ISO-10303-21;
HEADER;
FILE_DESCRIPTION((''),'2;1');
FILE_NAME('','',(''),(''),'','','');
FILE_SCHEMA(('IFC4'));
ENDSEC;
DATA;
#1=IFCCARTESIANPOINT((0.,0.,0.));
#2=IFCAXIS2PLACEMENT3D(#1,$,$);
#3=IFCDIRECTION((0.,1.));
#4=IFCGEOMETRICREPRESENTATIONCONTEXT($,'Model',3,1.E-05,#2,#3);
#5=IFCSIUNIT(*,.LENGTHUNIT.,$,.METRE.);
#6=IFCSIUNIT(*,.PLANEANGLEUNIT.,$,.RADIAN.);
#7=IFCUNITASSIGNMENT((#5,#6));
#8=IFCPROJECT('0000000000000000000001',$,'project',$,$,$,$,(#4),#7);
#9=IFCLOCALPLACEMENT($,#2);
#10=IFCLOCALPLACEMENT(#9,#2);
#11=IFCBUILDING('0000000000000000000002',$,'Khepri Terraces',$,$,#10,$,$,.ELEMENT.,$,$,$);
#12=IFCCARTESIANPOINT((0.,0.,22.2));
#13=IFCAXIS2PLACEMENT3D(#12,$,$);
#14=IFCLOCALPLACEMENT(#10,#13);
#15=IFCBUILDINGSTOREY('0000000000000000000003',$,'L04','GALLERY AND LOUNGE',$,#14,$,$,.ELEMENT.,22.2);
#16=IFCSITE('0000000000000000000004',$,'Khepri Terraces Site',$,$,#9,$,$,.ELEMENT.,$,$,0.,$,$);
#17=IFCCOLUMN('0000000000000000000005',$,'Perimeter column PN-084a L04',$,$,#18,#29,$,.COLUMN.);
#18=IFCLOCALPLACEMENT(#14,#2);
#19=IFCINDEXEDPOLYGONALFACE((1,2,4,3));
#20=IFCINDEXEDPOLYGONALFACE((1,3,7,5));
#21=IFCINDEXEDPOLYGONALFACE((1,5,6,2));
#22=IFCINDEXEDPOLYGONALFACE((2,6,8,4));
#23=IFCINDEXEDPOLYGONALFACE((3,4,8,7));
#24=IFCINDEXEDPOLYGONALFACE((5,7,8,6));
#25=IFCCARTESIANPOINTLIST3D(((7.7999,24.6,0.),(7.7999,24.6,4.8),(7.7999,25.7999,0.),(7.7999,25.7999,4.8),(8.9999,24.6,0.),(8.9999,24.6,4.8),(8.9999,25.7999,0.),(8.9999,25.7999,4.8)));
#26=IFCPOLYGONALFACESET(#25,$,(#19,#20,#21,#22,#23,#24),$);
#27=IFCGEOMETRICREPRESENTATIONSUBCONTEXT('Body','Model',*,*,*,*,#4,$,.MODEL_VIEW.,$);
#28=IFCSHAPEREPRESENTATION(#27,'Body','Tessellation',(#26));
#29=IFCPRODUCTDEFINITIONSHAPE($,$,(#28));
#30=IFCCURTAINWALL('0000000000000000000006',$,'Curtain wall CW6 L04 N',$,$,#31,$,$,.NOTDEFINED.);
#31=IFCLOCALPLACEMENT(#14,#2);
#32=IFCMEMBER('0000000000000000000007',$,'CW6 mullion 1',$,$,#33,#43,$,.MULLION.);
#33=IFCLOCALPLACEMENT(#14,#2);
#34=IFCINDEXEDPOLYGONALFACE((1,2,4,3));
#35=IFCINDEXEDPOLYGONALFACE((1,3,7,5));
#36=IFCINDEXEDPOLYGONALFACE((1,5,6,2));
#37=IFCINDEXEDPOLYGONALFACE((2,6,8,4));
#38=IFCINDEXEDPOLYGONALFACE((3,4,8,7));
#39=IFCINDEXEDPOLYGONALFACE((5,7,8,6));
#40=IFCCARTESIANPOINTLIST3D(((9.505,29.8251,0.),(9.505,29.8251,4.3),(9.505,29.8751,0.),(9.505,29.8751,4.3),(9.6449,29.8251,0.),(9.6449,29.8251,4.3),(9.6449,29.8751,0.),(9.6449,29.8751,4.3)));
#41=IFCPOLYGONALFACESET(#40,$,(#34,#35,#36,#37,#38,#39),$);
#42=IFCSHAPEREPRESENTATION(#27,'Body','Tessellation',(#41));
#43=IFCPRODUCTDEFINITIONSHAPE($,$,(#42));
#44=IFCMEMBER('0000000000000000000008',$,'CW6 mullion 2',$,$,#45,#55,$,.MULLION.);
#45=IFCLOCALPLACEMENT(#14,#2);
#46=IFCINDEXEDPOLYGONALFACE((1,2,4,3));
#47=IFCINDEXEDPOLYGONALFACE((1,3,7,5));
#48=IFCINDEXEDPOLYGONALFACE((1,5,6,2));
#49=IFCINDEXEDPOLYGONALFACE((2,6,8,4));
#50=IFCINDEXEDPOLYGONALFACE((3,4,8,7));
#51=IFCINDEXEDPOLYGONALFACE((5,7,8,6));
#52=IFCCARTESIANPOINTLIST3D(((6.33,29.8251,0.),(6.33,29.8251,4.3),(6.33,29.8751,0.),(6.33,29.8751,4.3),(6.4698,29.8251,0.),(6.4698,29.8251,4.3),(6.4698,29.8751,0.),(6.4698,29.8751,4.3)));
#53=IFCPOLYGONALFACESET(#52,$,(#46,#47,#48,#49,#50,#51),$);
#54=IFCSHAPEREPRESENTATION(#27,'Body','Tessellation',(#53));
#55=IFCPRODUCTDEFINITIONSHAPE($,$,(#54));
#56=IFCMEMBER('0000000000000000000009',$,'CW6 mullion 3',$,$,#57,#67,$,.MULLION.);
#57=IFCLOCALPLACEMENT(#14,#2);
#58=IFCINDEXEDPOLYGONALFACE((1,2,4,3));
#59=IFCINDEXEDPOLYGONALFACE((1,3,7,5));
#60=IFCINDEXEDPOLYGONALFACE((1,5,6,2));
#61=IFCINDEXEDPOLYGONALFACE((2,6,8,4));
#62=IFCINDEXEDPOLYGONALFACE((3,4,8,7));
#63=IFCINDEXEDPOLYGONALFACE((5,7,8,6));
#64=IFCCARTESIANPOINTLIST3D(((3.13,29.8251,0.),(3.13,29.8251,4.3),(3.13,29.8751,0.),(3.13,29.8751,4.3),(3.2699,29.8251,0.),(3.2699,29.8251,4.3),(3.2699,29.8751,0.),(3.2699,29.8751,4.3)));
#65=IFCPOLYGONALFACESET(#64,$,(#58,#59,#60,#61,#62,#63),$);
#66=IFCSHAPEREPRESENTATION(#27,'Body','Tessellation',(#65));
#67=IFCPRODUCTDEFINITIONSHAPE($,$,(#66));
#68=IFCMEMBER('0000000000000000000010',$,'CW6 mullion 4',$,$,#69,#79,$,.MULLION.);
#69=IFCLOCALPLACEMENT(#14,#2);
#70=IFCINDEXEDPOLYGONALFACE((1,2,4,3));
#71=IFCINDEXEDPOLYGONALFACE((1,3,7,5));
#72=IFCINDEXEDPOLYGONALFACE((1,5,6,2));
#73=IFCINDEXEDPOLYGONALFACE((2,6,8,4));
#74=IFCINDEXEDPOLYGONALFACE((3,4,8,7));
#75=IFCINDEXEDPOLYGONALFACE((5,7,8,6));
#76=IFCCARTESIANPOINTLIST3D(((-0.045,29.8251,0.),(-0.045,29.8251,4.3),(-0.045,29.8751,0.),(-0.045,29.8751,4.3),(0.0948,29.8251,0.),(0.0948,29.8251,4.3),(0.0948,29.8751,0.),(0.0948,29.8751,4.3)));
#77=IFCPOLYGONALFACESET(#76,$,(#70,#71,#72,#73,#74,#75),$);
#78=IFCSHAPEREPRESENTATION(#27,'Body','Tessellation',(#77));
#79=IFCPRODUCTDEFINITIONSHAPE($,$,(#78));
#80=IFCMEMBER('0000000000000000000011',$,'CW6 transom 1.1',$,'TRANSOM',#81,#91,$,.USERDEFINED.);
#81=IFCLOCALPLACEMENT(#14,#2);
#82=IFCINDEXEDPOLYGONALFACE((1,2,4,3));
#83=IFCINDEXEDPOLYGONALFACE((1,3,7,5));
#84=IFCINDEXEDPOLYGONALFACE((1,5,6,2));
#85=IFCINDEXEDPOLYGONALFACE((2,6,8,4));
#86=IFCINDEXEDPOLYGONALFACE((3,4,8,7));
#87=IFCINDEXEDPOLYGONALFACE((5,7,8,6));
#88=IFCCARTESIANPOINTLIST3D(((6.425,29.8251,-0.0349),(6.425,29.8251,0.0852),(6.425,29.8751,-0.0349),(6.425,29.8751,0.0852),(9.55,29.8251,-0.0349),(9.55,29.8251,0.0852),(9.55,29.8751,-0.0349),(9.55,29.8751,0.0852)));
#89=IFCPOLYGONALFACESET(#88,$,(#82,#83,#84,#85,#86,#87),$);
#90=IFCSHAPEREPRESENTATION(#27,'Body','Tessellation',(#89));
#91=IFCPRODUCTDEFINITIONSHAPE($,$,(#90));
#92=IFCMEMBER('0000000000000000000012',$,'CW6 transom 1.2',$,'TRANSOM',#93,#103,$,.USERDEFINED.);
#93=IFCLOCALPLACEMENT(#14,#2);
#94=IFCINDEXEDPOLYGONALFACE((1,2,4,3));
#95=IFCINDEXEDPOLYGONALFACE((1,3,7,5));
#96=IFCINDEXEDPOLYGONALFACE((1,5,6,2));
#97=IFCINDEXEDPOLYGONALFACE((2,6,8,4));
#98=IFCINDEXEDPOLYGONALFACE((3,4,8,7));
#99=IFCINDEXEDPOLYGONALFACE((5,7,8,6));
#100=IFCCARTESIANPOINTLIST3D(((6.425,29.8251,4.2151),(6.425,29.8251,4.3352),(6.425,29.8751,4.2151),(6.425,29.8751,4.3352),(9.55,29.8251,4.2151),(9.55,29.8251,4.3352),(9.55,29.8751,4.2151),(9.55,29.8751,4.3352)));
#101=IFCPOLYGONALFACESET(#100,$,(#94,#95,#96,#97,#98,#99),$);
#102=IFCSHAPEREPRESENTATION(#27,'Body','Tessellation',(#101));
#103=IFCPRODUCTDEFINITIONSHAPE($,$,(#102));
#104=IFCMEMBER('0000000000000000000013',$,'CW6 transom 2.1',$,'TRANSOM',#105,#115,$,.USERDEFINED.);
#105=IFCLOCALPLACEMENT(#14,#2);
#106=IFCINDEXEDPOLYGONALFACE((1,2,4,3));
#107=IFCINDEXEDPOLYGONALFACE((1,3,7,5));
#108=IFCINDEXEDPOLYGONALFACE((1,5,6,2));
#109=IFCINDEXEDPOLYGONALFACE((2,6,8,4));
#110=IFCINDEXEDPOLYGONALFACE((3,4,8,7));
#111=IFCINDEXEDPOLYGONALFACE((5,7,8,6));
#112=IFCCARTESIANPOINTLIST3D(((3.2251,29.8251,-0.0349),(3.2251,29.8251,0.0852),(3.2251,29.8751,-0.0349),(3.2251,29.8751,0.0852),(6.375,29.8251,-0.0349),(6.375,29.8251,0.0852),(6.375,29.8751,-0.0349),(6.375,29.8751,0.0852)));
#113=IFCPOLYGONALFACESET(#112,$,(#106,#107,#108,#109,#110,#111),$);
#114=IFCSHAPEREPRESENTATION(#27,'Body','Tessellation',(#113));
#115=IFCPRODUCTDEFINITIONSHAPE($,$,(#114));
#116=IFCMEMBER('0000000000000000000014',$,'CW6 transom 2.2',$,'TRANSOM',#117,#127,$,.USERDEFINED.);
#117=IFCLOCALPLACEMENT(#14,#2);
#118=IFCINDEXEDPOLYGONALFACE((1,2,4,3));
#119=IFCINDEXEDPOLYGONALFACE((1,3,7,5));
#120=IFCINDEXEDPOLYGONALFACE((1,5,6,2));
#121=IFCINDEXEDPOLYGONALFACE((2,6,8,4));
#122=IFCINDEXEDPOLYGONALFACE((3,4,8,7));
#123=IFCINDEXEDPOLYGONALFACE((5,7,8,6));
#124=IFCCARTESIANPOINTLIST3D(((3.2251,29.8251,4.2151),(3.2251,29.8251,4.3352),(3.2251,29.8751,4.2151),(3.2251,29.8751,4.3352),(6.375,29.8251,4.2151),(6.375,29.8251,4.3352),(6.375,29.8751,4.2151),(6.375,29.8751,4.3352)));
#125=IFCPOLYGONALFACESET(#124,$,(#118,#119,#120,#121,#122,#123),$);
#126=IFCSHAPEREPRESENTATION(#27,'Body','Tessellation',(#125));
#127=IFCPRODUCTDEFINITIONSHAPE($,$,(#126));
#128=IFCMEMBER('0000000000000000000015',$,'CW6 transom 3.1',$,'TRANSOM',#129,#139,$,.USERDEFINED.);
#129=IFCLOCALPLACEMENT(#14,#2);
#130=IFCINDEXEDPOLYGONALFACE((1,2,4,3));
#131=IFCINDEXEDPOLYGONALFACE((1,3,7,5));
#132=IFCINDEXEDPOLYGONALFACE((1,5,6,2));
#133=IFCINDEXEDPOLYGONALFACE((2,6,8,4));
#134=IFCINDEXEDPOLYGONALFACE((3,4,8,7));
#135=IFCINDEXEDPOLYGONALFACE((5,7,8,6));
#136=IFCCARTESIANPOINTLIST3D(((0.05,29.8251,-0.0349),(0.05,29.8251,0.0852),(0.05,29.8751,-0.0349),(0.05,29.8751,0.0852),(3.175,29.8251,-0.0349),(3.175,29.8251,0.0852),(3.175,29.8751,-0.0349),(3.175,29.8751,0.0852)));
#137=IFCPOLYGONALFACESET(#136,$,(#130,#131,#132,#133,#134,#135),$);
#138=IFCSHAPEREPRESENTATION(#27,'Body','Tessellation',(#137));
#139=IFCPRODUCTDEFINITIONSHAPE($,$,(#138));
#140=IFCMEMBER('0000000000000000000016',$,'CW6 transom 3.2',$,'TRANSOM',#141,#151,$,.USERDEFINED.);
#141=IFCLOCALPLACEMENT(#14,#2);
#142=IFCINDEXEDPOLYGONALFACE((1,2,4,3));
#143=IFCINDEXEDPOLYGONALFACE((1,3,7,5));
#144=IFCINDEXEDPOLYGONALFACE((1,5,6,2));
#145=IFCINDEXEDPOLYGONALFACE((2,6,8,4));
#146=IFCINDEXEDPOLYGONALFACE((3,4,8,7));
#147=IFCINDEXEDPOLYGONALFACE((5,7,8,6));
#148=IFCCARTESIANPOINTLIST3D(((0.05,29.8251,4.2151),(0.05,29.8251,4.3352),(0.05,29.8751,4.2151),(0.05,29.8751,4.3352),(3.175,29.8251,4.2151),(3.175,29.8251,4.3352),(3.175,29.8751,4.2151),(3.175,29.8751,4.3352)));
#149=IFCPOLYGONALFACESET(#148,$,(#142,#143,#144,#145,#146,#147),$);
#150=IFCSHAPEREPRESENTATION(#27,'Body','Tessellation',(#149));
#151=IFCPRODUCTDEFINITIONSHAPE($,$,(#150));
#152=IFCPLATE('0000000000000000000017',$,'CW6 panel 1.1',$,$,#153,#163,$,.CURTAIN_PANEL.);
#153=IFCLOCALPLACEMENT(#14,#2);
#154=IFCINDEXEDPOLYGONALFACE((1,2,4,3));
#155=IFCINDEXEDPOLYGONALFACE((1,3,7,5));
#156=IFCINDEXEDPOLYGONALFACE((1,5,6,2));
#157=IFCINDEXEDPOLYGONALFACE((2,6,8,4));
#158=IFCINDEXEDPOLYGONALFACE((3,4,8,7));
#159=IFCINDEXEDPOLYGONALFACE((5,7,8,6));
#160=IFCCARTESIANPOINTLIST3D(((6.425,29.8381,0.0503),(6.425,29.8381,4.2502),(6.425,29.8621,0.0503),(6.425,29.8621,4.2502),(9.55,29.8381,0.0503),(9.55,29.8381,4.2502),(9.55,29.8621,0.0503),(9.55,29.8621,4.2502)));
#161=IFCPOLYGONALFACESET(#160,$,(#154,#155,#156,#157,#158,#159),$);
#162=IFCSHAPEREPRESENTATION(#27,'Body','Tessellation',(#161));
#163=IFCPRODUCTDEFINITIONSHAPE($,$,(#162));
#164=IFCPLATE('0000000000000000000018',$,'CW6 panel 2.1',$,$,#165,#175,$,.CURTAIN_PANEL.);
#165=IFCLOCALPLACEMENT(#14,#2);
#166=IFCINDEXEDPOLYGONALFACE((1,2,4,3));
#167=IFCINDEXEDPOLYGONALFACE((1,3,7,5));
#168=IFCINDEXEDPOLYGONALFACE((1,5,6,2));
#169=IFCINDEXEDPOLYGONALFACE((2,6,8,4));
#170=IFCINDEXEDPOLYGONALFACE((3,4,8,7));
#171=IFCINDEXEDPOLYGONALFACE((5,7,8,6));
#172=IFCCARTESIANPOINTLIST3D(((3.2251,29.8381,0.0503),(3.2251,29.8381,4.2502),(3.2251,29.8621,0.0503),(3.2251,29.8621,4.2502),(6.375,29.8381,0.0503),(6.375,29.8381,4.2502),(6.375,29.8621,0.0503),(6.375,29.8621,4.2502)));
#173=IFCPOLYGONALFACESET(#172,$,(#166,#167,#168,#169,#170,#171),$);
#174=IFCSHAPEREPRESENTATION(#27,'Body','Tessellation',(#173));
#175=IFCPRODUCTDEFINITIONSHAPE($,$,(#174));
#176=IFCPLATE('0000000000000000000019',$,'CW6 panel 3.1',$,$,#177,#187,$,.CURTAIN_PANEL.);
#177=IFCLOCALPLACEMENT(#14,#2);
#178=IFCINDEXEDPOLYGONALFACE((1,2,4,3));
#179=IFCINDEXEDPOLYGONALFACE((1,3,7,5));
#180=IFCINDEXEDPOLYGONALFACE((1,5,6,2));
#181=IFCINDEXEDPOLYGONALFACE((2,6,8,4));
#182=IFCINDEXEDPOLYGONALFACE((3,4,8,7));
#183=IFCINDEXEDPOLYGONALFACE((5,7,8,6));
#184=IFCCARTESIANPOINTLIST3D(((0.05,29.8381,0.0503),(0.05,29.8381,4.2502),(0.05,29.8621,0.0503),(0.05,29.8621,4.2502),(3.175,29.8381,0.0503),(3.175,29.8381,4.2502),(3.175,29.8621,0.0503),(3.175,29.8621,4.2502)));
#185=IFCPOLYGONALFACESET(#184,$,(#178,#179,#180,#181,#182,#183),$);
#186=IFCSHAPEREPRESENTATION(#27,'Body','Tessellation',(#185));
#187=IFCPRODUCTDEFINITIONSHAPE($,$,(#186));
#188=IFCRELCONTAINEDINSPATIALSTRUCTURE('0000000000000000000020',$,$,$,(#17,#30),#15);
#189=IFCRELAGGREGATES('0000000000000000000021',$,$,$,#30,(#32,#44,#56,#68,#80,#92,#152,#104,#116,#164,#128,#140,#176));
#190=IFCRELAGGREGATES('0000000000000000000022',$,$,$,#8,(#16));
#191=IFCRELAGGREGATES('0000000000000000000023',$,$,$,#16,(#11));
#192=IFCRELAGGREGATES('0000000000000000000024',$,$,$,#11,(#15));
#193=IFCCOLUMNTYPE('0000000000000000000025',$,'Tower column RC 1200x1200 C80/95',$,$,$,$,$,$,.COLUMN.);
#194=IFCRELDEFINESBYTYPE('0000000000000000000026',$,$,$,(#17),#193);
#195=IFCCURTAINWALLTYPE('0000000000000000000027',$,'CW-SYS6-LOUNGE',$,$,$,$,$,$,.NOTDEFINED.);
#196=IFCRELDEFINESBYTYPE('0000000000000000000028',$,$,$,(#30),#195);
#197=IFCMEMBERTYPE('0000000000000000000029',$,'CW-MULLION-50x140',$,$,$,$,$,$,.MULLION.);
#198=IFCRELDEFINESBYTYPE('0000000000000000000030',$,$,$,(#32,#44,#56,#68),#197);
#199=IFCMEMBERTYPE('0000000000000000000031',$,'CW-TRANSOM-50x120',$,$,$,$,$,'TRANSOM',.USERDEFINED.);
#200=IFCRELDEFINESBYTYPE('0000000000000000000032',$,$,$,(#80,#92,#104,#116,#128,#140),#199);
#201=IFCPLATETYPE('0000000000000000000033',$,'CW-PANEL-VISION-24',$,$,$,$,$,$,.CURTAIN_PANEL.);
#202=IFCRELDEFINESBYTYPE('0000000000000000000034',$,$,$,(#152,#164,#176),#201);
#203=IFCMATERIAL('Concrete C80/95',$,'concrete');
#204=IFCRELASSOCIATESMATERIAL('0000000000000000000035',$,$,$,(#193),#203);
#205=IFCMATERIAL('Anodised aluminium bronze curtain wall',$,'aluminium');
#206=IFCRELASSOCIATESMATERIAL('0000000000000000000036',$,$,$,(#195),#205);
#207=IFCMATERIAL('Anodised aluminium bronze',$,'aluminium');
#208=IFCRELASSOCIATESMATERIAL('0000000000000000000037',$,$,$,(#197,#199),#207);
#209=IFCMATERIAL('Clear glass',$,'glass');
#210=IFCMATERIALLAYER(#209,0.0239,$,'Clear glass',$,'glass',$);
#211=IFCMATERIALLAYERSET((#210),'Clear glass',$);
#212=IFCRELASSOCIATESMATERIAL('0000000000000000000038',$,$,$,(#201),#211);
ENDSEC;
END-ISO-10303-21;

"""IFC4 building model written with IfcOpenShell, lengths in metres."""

from ifc_helpers import new_model, si_unit, direction, frame, origin, origin_2d, place, context, subcontext, project, spatial, rectangle, extrude, material, layer, layer_set, material_profile, profile_set, type_object, element, aggregate, save


model = new_model("IFC4")

# Units and contexts
model_context = context("Model", 3, precision=1e-05, world=origin(), true_north=direction((0.0, 1.0)))
body_context = subcontext(model_context, "Body", "Model", "MODEL_VIEW")
ifc_project = project(units=[si_unit("LENGTHUNIT", "METRE"), si_unit("PLANEANGLEUNIT", "RADIAN")], contexts=[model_context])

# Site, building, storey
site_placement = place(None, origin())
site = spatial("IfcSite", under=ifc_project, at=site_placement, Name="Khepri Terraces Site", CompositionType="ELEMENT", RefElevation=0.0)
building_placement = place(site_placement, origin())
building = spatial("IfcBuilding", under=site, at=building_placement, Name="Khepri Terraces", CompositionType="ELEMENT")
storey_placement = place(building_placement, frame((0.0, 0.0, 22.2)))
storey = spatial("IfcBuildingStorey", under=building, at=storey_placement, Name="L04", Description="GALLERY AND LOUNGE", CompositionType="ELEMENT", Elevation=22.2)

# Column
ifc_material_1 = material(Name="Concrete C80/95", Category="concrete")
ifc_material_profile_1 = material_profile(ifc_material_1, rectangle(XDim=1.2, YDim=1.2, at=origin_2d()), Name="Concrete C80/95", Category="concrete")
ifc_profile_set_1 = profile_set([ifc_material_profile_1], Name="Concrete C80/95")
column_type = type_object("IfcColumnType", Name="Tower column RC 1200x1200 C80/95", PredefinedType="COLUMN", material=ifc_profile_set_1)
column_placement = place(storey_placement, frame((8.3999, 25.2, 0.0), z_axis=(0.0, 0.0, 1.0), x_axis=(1.0, 0.0, 0.0)))
element("IfcColumn", 1, at=column_placement, inside=storey, type_object=column_type, Name="Perimeter column PN-084a L04", PredefinedType="COLUMN", context=body_context, shape_type="SweptSolid", body=[
    extrude(rectangle(XDim=1.2, YDim=1.2, at=origin_2d()), origin(), (0.0, 0.0, 1.0), 4.8),
])

# Curtain wall, members, plates
ifc_material_2 = material(Name="Anodised aluminium bronze curtain wall", Category="aluminium")
curtain_wall_type = type_object("IfcCurtainWallType", Name="CW-SYS6-LOUNGE", PredefinedType="NOTDEFINED", material=ifc_material_2)
curtain_wall_placement = place(storey_placement, origin())
curtain_wall = element("IfcCurtainWall", 2, at=curtain_wall_placement, inside=storey, type_object=curtain_wall_type, Name="Curtain wall CW6 L04 N", PredefinedType="NOTDEFINED")
ifc_material_3 = material(Name="Anodised aluminium bronze", Category="aluminium")
ifc_material_profile_2 = material_profile(ifc_material_3, rectangle(XDim=0.05, YDim=0.1399, at=origin_2d()), Name="Anodised aluminium bronze", Category="aluminium")
ifc_profile_set_2 = profile_set([ifc_material_profile_2], Name="Anodised aluminium bronze")
member_type_1 = type_object("IfcMemberType", Name="CW-MULLION-50x140", PredefinedType="MULLION", material=ifc_profile_set_2)
member_1_placement = place(storey_placement, frame((9.575, 29.8501, 0.0), z_axis=(0.0, 0.0, 1.0), x_axis=(0.0, -1.0, 0.0)))
member_1 = element("IfcMember", 3, at=member_1_placement, type_object=member_type_1, Name="CW6 mullion 1", PredefinedType="MULLION", context=body_context, shape_type="SweptSolid", body=[
    extrude(rectangle(XDim=0.05, YDim=0.1399, at=origin_2d()), origin(), (0.0, 0.0, 1.0), 4.3),
])
member_2_placement = place(storey_placement, frame((6.3999, 29.8501, 0.0), z_axis=(0.0, 0.0, 1.0), x_axis=(0.0, -1.0, 0.0)))
member_2 = element("IfcMember", 4, at=member_2_placement, type_object=member_type_1, Name="CW6 mullion 2", PredefinedType="MULLION", context=body_context, shape_type="SweptSolid", body=[
    extrude(rectangle(XDim=0.05, YDim=0.1399, at=origin_2d()), origin(), (0.0, 0.0, 1.0), 4.3),
])
member_3_placement = place(storey_placement, frame((3.2, 29.8501, 0.0), z_axis=(0.0, 0.0, 1.0), x_axis=(0.0, -1.0, 0.0)))
member_3 = element("IfcMember", 5, at=member_3_placement, type_object=member_type_1, Name="CW6 mullion 3", PredefinedType="MULLION", context=body_context, shape_type="SweptSolid", body=[
    extrude(rectangle(XDim=0.05, YDim=0.1399, at=origin_2d()), origin(), (0.0, 0.0, 1.0), 4.3),
])
member_4_placement = place(storey_placement, frame((0.0249, 29.8501, 0.0), z_axis=(0.0, 0.0, 1.0), x_axis=(0.0, -1.0, 0.0)))
member_4 = element("IfcMember", 6, at=member_4_placement, type_object=member_type_1, Name="CW6 mullion 4", PredefinedType="MULLION", context=body_context, shape_type="SweptSolid", body=[
    extrude(rectangle(XDim=0.05, YDim=0.1399, at=origin_2d()), origin(), (0.0, 0.0, 1.0), 4.3),
])
ifc_material_profile_3 = material_profile(ifc_material_3, rectangle(XDim=0.05, YDim=0.1201, at=origin_2d()), Name="Anodised aluminium bronze", Category="aluminium")
ifc_profile_set_3 = profile_set([ifc_material_profile_3], Name="Anodised aluminium bronze")
member_type_2 = type_object("IfcMemberType", Name="CW-TRANSOM-50x120", ElementType="TRANSOM", PredefinedType="USERDEFINED", material=ifc_profile_set_3)
member_5_placement = place(storey_placement, frame((9.55, 29.8501, 0.0251), z_axis=(-1.0, 0.0, 0.0), x_axis=(0.0, -1.0, 0.0)))
member_5 = element("IfcMember", 7, at=member_5_placement, type_object=member_type_2, Name="CW6 transom 1.1", ObjectType="TRANSOM", PredefinedType="USERDEFINED", context=body_context, shape_type="SweptSolid", body=[
    extrude(rectangle(XDim=0.05, YDim=0.1201, at=origin_2d()), origin(), (0.0, 0.0, 1.0), 3.125),
])
member_6_placement = place(storey_placement, frame((9.55, 29.8501, 4.2751), z_axis=(-1.0, 0.0, 0.0), x_axis=(0.0, -1.0, 0.0)))
member_6 = element("IfcMember", 8, at=member_6_placement, type_object=member_type_2, Name="CW6 transom 1.2", ObjectType="TRANSOM", PredefinedType="USERDEFINED", context=body_context, shape_type="SweptSolid", body=[
    extrude(rectangle(XDim=0.05, YDim=0.1201, at=origin_2d()), origin(), (0.0, 0.0, 1.0), 3.125),
])
member_7_placement = place(storey_placement, frame((6.375, 29.8501, 0.0251), z_axis=(-1.0, 0.0, 0.0), x_axis=(0.0, -1.0, 0.0)))
member_7 = element("IfcMember", 9, at=member_7_placement, type_object=member_type_2, Name="CW6 transom 2.1", ObjectType="TRANSOM", PredefinedType="USERDEFINED", context=body_context, shape_type="SweptSolid", body=[
    extrude(rectangle(XDim=0.05, YDim=0.1201, at=origin_2d()), origin(), (0.0, 0.0, 1.0), 3.1499),
])
member_8_placement = place(storey_placement, frame((6.375, 29.8501, 4.2751), z_axis=(-1.0, 0.0, 0.0), x_axis=(0.0, -1.0, 0.0)))
member_8 = element("IfcMember", 10, at=member_8_placement, type_object=member_type_2, Name="CW6 transom 2.2", ObjectType="TRANSOM", PredefinedType="USERDEFINED", context=body_context, shape_type="SweptSolid", body=[
    extrude(rectangle(XDim=0.05, YDim=0.1201, at=origin_2d()), origin(), (0.0, 0.0, 1.0), 3.1499),
])
member_9_placement = place(storey_placement, frame((3.175, 29.8501, 0.0251), z_axis=(-1.0, 0.0, 0.0), x_axis=(0.0, -1.0, 0.0)))
member_9 = element("IfcMember", 11, at=member_9_placement, type_object=member_type_2, Name="CW6 transom 3.1", ObjectType="TRANSOM", PredefinedType="USERDEFINED", context=body_context, shape_type="SweptSolid", body=[
    extrude(rectangle(XDim=0.05, YDim=0.1201, at=origin_2d()), origin(), (0.0, 0.0, 1.0), 3.125),
])
member_10_placement = place(storey_placement, frame((3.175, 29.8501, 4.2751), z_axis=(-1.0, 0.0, 0.0), x_axis=(0.0, -1.0, 0.0)))
member_10 = element("IfcMember", 12, at=member_10_placement, type_object=member_type_2, Name="CW6 transom 3.2", ObjectType="TRANSOM", PredefinedType="USERDEFINED", context=body_context, shape_type="SweptSolid", body=[
    extrude(rectangle(XDim=0.05, YDim=0.1201, at=origin_2d()), origin(), (0.0, 0.0, 1.0), 3.125),
])
ifc_material_4 = material(Name="Clear glass", Category="glass")
ifc_layer_1 = layer(ifc_material_4, 0.0239, Name="Clear glass", Category="glass")
ifc_layer_set_1 = layer_set([ifc_layer_1], Name="Clear glass")
plate_type = type_object("IfcPlateType", Name="CW-PANEL-VISION-24", PredefinedType="CURTAIN_PANEL", material=ifc_layer_set_1)
plate_1_placement = place(storey_placement, frame((7.9875, 29.8501, 0.0503), z_axis=(0.0, 0.0, 1.0), x_axis=(-1.0, 0.0, 0.0)))
plate_1 = element("IfcPlate", 13, at=plate_1_placement, type_object=plate_type, Name="CW6 panel 1.1", PredefinedType="CURTAIN_PANEL", context=body_context, shape_type="SweptSolid", body=[
    extrude(rectangle(XDim=3.125, YDim=0.0239, at=origin_2d()), origin(), (0.0, 0.0, 1.0), 4.2),
])
plate_2_placement = place(storey_placement, frame((4.8, 29.8501, 0.0503), z_axis=(0.0, 0.0, 1.0), x_axis=(-1.0, 0.0, 0.0)))
plate_2 = element("IfcPlate", 14, at=plate_2_placement, type_object=plate_type, Name="CW6 panel 2.1", PredefinedType="CURTAIN_PANEL", context=body_context, shape_type="SweptSolid", body=[
    extrude(rectangle(XDim=3.1499, YDim=0.0239, at=origin_2d()), origin(), (0.0, 0.0, 1.0), 4.2),
])
plate_3_placement = place(storey_placement, frame((1.6125, 29.8501, 0.0503), z_axis=(0.0, 0.0, 1.0), x_axis=(-1.0, 0.0, 0.0)))
plate_3 = element("IfcPlate", 15, at=plate_3_placement, type_object=plate_type, Name="CW6 panel 3.1", PredefinedType="CURTAIN_PANEL", context=body_context, shape_type="SweptSolid", body=[
    extrude(rectangle(XDim=3.125, YDim=0.0239, at=origin_2d()), origin(), (0.0, 0.0, 1.0), 4.2),
])
aggregate(curtain_wall, [member_1, member_2, member_3, member_4, member_5, member_6, plate_1, member_7, member_8, plate_2, member_9, member_10, plate_3])

save(model, "model.ifc")
